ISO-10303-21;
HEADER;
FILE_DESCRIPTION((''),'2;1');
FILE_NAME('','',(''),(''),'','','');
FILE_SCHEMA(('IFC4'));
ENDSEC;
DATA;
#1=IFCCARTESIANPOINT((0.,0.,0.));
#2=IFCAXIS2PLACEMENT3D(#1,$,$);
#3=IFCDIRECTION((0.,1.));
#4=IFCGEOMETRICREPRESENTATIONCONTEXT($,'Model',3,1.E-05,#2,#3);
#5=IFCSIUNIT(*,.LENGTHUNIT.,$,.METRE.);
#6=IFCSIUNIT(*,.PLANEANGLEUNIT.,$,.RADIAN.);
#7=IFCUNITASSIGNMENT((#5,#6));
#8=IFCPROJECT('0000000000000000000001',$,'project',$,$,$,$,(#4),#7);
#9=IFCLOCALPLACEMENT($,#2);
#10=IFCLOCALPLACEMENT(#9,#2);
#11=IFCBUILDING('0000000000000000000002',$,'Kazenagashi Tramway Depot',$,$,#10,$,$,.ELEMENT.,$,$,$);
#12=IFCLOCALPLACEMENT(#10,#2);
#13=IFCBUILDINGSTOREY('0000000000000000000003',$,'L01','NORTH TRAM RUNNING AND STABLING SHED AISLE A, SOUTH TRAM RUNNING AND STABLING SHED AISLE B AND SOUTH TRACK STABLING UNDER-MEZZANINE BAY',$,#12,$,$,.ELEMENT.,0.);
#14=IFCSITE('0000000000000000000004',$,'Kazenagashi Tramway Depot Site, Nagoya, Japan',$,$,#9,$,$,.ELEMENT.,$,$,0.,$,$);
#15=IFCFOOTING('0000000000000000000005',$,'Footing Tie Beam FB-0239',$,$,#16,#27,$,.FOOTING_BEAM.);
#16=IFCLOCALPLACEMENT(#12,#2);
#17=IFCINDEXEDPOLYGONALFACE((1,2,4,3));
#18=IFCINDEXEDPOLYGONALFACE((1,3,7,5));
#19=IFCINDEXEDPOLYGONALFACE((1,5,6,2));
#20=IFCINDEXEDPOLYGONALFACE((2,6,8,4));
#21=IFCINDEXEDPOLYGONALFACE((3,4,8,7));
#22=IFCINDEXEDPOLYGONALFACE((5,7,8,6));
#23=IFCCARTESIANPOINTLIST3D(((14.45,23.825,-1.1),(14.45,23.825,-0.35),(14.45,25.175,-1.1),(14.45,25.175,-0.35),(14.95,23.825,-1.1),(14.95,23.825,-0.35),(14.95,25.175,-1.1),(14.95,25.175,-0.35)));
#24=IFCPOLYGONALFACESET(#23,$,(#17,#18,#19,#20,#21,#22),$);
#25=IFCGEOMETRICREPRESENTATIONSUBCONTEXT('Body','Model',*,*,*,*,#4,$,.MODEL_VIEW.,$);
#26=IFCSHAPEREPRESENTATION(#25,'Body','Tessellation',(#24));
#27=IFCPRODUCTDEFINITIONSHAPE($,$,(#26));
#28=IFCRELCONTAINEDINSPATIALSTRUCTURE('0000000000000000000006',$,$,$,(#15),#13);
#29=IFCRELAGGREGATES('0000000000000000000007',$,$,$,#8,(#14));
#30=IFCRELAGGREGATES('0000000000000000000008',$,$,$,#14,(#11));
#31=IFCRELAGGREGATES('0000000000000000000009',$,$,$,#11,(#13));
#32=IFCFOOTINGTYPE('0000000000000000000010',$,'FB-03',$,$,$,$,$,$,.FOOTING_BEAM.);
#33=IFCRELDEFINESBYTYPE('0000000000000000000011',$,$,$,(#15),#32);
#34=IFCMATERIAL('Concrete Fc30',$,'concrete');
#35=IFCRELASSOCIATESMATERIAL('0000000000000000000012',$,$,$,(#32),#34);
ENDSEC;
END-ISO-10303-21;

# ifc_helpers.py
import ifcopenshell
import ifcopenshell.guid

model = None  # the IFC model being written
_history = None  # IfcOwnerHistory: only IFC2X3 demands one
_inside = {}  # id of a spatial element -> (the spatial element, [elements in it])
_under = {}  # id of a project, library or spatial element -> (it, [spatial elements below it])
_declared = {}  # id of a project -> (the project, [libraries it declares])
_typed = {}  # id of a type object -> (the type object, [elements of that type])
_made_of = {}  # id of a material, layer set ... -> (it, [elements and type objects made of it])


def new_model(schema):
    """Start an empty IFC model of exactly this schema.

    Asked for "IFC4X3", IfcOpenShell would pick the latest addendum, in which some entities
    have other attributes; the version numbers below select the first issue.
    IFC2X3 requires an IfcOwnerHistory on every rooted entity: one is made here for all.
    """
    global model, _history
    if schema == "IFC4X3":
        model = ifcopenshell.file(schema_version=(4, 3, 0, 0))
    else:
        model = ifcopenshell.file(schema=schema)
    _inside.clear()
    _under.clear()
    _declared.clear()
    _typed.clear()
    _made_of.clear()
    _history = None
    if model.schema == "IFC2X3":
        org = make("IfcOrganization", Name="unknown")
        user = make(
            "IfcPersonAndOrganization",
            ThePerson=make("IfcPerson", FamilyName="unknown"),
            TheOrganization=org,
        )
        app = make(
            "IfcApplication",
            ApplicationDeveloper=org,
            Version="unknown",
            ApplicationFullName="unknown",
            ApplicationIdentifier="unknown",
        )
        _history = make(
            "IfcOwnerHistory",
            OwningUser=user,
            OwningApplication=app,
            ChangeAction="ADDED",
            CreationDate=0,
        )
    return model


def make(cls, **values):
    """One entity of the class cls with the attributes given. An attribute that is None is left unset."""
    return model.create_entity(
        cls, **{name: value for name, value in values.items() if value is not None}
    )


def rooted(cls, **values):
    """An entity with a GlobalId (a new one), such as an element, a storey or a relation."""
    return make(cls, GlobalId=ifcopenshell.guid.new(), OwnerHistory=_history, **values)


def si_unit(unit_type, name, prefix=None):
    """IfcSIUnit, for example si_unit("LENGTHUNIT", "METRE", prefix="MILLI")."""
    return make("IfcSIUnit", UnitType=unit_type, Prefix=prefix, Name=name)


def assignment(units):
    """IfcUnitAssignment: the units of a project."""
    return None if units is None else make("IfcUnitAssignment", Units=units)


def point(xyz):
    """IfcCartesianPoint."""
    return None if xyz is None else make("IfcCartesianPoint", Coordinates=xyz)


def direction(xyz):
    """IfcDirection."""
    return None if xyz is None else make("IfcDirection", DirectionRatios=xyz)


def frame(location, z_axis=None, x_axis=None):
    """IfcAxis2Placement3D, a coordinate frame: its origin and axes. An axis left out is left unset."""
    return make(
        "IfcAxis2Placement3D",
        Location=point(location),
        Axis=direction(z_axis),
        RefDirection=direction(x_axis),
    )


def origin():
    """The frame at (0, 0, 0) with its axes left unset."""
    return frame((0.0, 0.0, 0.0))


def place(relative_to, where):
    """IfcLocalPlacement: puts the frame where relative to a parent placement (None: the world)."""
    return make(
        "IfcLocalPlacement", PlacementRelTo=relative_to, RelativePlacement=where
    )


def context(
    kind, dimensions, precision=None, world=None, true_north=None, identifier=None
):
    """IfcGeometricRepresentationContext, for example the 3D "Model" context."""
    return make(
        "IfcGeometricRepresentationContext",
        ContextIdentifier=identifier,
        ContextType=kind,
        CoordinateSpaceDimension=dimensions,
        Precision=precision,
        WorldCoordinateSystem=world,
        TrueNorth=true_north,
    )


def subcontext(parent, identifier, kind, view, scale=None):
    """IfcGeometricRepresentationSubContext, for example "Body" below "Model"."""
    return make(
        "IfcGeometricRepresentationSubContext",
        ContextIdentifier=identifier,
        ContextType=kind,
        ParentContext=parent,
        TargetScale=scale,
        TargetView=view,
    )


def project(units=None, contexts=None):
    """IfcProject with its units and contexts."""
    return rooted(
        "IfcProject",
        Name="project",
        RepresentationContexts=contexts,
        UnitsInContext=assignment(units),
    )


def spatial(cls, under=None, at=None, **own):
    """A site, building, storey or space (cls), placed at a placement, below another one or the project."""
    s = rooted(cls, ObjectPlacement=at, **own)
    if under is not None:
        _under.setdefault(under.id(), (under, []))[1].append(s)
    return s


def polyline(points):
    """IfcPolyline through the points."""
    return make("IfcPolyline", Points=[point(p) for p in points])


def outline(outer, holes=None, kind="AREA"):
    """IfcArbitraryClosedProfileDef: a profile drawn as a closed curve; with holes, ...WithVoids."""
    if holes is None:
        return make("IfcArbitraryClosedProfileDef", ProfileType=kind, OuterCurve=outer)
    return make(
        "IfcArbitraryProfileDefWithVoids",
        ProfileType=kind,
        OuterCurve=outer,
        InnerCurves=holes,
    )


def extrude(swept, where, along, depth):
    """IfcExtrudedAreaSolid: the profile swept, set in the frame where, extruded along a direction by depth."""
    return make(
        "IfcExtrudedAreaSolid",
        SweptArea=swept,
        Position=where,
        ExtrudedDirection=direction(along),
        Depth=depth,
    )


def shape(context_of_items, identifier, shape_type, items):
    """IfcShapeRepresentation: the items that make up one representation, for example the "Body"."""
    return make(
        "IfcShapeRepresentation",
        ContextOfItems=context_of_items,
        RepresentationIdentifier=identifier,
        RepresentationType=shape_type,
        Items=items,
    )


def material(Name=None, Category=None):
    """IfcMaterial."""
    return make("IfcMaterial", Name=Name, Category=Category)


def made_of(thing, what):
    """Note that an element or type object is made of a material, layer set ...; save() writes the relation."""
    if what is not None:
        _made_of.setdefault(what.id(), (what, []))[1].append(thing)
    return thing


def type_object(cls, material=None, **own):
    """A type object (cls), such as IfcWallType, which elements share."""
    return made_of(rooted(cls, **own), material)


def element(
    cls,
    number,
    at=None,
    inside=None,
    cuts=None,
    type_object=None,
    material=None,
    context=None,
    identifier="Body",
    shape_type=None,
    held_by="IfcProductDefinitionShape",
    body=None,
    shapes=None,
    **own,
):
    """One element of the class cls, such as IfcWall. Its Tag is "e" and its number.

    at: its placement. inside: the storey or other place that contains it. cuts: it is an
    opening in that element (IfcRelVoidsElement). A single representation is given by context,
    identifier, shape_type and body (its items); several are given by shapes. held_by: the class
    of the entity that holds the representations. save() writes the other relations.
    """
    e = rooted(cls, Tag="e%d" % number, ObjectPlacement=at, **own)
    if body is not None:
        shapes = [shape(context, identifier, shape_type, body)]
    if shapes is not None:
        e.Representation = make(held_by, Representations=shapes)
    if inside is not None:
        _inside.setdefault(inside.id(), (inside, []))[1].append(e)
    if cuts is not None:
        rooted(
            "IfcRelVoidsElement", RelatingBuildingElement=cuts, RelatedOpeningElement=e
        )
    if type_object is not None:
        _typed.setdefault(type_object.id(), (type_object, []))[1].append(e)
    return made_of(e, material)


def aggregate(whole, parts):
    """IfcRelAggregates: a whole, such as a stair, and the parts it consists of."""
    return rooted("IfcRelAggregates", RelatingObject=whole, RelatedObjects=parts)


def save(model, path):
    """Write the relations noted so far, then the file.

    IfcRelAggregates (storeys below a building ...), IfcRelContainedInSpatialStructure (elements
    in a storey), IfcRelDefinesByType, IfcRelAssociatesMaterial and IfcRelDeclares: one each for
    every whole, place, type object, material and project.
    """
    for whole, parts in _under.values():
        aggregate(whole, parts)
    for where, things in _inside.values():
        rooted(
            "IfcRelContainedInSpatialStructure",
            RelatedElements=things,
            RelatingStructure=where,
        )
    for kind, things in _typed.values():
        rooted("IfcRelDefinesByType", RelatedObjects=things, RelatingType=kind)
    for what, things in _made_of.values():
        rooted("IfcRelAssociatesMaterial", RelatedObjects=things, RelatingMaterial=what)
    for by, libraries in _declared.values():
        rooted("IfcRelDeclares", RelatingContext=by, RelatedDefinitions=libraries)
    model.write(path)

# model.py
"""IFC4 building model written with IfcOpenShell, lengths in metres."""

from ifc_helpers import new_model, si_unit, direction, frame, origin, place, context, subcontext, project, spatial, polyline, outline, extrude, material, type_object, element, save


model = new_model("IFC4")

# Units and contexts
model_context = context("Model", 3, precision=1e-05, world=origin(), true_north=direction((0.0, 1.0)))
body_context = subcontext(model_context, "Body", "Model", "MODEL_VIEW")
ifc_project = project(units=[si_unit("LENGTHUNIT", "METRE"), si_unit("PLANEANGLEUNIT", "RADIAN")], contexts=[model_context])

# Site, building, storey
site_placement = place(None, origin())
site = spatial("IfcSite", under=ifc_project, at=site_placement, Name="Kazenagashi Tramway Depot Site, Nagoya, Japan", CompositionType="ELEMENT", RefElevation=0.0)
building_placement = place(site_placement, origin())
building = spatial("IfcBuilding", under=site, at=building_placement, Name="Kazenagashi Tramway Depot", CompositionType="ELEMENT")
storey_placement = place(building_placement, origin())
storey = spatial("IfcBuildingStorey", under=building, at=storey_placement, Name="L01", Description="NORTH TRAM RUNNING AND STABLING SHED AISLE A, SOUTH TRAM RUNNING AND STABLING SHED AISLE B AND SOUTH TRACK STABLING UNDER-MEZZANINE BAY", CompositionType="ELEMENT", Elevation=0.0)

# Footing
ifc_material = material(Name="Concrete Fc30", Category="concrete")
footing_type_1 = type_object("IfcFootingType", Name="FB-03", PredefinedType="FOOTING_BEAM", material=ifc_material)
footing_1_placement = place(storey_placement, frame((0.0, 0.0, -1.1)))
element("IfcFooting", 1, at=footing_1_placement, inside=storey, type_object=footing_type_1, Name="Footing Tie Beam FB-0239", PredefinedType="FOOTING_BEAM", context=body_context, shape_type="SweptSolid", body=[
    extrude(outline(polyline([(14.45, 23.825), (14.95, 23.825), (14.95, 25.175), (14.45, 25.175), (14.45, 23.825)])), origin(), (0.0, 0.0, 1.0), 0.75),
])

save(model, "model.ifc")
